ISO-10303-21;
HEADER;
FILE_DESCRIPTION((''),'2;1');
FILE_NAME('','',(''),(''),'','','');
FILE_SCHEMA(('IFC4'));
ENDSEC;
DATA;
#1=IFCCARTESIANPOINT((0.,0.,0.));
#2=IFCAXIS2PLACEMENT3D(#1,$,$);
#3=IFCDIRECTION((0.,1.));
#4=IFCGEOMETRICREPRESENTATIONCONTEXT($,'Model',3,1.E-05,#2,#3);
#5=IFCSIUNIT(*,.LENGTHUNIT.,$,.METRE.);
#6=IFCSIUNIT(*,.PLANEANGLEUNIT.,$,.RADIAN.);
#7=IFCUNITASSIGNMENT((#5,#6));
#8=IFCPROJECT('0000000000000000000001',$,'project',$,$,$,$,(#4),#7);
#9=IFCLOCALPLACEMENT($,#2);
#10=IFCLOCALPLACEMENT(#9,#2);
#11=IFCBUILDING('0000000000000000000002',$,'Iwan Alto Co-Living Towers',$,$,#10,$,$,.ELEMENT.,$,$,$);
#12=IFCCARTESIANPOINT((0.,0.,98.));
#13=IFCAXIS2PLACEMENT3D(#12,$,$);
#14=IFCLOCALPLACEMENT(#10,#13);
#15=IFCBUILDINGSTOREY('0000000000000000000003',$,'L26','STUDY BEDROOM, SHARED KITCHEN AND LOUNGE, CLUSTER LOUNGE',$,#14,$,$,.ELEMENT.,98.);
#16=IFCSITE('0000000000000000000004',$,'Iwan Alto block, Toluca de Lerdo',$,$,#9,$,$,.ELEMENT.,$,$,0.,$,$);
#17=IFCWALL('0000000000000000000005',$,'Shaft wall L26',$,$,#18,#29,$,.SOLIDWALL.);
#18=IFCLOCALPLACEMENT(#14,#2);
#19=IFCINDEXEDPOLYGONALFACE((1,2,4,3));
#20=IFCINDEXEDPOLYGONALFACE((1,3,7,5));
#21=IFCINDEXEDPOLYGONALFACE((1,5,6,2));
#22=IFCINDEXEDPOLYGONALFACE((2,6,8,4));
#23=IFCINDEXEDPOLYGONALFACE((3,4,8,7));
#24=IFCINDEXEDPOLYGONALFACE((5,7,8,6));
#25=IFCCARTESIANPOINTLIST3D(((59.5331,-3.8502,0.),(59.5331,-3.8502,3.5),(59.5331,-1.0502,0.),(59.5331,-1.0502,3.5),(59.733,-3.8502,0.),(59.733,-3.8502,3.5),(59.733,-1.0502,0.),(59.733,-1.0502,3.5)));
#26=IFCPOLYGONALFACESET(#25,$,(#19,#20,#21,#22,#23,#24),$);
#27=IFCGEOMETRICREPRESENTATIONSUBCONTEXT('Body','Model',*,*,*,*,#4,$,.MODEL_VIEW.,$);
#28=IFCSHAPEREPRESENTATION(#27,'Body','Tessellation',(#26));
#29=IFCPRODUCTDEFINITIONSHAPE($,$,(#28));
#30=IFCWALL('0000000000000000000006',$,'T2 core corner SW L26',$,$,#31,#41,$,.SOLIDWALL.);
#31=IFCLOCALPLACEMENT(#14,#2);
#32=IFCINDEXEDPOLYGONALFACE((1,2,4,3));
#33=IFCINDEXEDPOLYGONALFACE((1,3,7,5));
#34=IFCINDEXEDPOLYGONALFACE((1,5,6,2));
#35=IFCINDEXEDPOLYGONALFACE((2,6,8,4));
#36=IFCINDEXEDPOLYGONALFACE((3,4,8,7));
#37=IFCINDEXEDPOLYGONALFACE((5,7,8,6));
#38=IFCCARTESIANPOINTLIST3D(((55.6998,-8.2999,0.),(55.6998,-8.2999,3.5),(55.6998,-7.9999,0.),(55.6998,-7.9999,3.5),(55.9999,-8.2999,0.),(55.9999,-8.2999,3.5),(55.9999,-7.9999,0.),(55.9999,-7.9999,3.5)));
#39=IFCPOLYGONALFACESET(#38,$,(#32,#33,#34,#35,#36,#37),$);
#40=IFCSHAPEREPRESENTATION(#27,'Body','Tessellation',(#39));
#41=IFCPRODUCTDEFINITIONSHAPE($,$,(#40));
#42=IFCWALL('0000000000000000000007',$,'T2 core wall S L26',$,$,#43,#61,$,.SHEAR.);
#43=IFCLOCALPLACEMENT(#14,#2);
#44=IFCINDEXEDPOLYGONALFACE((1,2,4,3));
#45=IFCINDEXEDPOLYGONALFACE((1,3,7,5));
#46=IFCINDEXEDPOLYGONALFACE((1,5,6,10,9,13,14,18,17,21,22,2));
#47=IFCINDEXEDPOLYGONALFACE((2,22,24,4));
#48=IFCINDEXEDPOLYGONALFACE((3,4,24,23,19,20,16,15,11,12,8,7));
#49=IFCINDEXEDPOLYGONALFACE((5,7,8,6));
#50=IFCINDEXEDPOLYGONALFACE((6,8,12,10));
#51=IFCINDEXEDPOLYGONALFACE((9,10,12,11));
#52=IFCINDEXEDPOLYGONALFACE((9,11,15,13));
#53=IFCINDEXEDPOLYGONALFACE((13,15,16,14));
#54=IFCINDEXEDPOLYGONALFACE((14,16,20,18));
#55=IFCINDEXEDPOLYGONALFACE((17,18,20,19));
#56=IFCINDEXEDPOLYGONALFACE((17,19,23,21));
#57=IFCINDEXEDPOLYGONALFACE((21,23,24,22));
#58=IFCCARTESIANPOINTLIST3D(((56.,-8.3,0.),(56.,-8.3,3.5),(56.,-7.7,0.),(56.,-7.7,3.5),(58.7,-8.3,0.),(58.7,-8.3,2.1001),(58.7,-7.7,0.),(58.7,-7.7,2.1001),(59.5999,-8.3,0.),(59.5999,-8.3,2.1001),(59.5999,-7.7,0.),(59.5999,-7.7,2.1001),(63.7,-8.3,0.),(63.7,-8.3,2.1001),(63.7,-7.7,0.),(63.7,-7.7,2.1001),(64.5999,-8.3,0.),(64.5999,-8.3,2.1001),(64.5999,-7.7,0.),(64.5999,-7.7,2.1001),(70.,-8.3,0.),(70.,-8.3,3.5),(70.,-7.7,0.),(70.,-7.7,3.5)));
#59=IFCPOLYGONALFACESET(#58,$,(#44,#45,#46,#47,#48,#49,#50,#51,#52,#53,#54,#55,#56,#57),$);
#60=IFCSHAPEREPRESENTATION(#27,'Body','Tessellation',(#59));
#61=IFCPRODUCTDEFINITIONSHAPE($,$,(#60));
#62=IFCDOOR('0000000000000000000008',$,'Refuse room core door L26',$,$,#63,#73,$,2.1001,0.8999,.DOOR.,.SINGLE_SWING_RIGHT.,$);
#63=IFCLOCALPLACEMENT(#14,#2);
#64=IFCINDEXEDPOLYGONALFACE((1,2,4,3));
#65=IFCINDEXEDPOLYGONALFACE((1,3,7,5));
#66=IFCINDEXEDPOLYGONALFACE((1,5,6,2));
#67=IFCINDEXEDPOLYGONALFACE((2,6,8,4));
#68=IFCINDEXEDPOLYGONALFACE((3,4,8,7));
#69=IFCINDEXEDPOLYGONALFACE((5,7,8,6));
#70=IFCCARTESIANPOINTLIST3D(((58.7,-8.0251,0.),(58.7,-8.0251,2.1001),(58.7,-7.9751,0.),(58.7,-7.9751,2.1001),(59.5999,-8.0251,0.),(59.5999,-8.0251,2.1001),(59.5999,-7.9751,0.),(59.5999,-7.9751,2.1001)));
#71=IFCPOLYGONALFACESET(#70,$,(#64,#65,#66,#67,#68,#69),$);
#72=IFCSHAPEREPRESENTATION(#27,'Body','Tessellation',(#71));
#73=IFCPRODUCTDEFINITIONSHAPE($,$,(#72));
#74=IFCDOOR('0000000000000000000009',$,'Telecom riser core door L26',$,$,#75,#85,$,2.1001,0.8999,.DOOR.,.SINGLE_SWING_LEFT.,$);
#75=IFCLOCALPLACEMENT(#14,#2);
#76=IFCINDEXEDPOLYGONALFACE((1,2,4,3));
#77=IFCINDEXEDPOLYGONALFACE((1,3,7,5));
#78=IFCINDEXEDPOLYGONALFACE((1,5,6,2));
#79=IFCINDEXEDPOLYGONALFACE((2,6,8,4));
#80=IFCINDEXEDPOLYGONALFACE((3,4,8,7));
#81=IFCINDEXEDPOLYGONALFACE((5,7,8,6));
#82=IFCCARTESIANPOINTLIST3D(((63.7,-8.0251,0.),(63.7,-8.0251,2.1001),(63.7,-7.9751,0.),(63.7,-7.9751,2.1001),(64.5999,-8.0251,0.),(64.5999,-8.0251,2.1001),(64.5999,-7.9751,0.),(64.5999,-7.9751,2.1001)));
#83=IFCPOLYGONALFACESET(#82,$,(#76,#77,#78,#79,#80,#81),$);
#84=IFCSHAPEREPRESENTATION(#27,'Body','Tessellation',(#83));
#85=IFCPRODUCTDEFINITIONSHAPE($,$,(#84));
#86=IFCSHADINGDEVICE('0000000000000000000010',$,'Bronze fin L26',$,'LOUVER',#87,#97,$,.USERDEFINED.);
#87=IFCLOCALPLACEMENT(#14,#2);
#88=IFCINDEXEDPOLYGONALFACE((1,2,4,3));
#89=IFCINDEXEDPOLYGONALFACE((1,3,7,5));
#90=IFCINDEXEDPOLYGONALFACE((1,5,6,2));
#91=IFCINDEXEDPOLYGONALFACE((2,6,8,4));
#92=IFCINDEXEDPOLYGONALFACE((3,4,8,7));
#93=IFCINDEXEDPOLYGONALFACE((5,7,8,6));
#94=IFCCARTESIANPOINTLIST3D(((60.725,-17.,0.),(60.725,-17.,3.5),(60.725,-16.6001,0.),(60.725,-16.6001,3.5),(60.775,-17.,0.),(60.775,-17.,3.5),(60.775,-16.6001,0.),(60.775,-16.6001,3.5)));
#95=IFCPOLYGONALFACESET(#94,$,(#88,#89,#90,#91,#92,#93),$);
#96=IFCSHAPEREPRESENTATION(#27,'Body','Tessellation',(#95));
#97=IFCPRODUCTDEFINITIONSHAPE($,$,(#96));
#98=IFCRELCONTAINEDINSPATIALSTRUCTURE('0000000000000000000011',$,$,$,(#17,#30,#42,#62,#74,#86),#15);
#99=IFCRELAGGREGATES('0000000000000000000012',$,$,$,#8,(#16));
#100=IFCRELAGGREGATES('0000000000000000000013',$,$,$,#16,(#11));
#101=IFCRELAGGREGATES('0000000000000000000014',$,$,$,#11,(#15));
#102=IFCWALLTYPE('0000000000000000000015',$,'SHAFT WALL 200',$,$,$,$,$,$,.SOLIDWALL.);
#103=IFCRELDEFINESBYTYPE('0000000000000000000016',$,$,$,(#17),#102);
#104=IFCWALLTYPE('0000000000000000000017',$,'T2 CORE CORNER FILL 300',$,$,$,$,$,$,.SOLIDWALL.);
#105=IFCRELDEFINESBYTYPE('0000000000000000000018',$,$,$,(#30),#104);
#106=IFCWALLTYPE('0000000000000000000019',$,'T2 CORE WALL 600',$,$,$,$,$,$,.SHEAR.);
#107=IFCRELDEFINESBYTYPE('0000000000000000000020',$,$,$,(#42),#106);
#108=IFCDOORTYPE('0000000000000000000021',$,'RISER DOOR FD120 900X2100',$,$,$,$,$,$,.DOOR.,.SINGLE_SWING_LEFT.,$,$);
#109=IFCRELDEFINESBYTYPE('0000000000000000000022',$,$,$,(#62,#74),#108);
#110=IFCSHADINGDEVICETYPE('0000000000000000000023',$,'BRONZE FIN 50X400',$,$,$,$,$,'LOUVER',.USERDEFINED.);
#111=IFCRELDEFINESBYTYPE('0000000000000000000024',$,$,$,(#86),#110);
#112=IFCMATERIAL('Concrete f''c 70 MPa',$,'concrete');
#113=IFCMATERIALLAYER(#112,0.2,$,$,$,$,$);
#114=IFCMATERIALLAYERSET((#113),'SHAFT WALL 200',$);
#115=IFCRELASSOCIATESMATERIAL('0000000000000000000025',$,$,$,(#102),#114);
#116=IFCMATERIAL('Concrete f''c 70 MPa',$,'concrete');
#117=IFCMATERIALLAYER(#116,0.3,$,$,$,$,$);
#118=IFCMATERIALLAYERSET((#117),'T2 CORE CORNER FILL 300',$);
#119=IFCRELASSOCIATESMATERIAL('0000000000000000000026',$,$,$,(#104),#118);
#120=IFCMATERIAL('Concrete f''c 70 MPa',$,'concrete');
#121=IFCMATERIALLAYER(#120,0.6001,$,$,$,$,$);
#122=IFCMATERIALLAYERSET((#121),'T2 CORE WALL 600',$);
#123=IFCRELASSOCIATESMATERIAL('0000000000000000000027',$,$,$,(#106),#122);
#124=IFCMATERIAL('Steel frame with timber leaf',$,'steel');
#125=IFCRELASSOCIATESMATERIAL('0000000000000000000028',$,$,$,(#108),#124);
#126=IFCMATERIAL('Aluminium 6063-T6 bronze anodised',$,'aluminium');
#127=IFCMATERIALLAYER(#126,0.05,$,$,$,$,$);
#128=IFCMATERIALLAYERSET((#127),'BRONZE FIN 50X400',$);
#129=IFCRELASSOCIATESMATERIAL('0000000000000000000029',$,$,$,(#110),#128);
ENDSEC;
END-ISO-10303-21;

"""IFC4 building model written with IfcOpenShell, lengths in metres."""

from ifc_helpers import new_model, si_unit, direction, frame, frame_2d, origin, origin_2d, place, context, subcontext, project, spatial, rectangle, extrude, material, layer, layer_set, type_object, element, fill, save


model = new_model("IFC4")

# Units and contexts
model_context = context("Model", 3, precision=1e-05, world=origin(), true_north=direction((0.0, 1.0)))
body_context = subcontext(model_context, "Body", "Model", "MODEL_VIEW")
ifc_project = project(units=[si_unit("LENGTHUNIT", "METRE"), si_unit("PLANEANGLEUNIT", "RADIAN")], contexts=[model_context])

# Site, building, storey
site_placement = place(None, origin())
site = spatial("IfcSite", under=ifc_project, at=site_placement, Name="Iwan Alto block, Toluca de Lerdo", CompositionType="ELEMENT", RefElevation=0.0)
building_placement = place(site_placement, origin())
building = spatial("IfcBuilding", under=site, at=building_placement, Name="Iwan Alto Co-Living Towers", CompositionType="ELEMENT")
storey_placement = place(building_placement, frame((0.0, 0.0, 98.0)))
storey = spatial("IfcBuildingStorey", under=building, at=storey_placement, Name="L26", Description="STUDY BEDROOM, SHARED KITCHEN AND LOUNGE, CLUSTER LOUNGE", CompositionType="ELEMENT", Elevation=98.0)

# Walls
ifc_material_1 = material(Name="Concrete f'c 70 MPa", Category="concrete")
ifc_layer_1 = layer(ifc_material_1, 0.2)
ifc_layer_set_1 = layer_set([ifc_layer_1], Name="SHAFT WALL 200")
wall_type_1 = type_object("IfcWallType", Name="SHAFT WALL 200", PredefinedType="SOLIDWALL", material=ifc_layer_set_1)
wall_1_placement = place(storey_placement, frame((59.6331, -3.8501, 0.0), z_axis=(0.0, 0.0, 1.0), x_axis=(0.0, 1.0, 0.0)))
element("IfcWall", 1, at=wall_1_placement, inside=storey, type_object=wall_type_1, Name="Shaft wall L26", PredefinedType="SOLIDWALL", context=body_context, shape_type="SweptSolid", body=[
    extrude(rectangle(XDim=2.8, YDim=0.2, at=frame_2d((1.3999, 0.0))), origin(), (0.0, 0.0, 1.0), 3.5),
])
ifc_material_2 = material(Name="Concrete f'c 70 MPa", Category="concrete")
ifc_layer_2 = layer(ifc_material_2, 0.3)
ifc_layer_set_2 = layer_set([ifc_layer_2], Name="T2 CORE CORNER FILL 300")
wall_type_2 = type_object("IfcWallType", Name="T2 CORE CORNER FILL 300", PredefinedType="SOLIDWALL", material=ifc_layer_set_2)
wall_2_placement = place(storey_placement, frame((55.7, -8.1499, 0.0), z_axis=(0.0, 0.0, 1.0), x_axis=(1.0, 0.0, 0.0)))
element("IfcWall", 2, at=wall_2_placement, inside=storey, type_object=wall_type_2, Name="T2 core corner SW L26", PredefinedType="SOLIDWALL", context=body_context, shape_type="SweptSolid", body=[
    extrude(rectangle(XDim=0.3, YDim=0.3, at=frame_2d((0.1499, 0.0))), origin(), (0.0, 0.0, 1.0), 3.5),
])

# Wall, openings, doors
ifc_material_3 = material(Name="Concrete f'c 70 MPa", Category="concrete")
ifc_layer_3 = layer(ifc_material_3, 0.6001)
ifc_layer_set_3 = layer_set([ifc_layer_3], Name="T2 CORE WALL 600")
wall_type_3 = type_object("IfcWallType", Name="T2 CORE WALL 600", PredefinedType="SHEAR", material=ifc_layer_set_3)
wall_3_placement = place(storey_placement, frame((56.0, -8.0, 0.0), z_axis=(0.0, 0.0, 1.0), x_axis=(1.0, 0.0, 0.0)))
wall_3 = element("IfcWall", 3, at=wall_3_placement, inside=storey, type_object=wall_type_3, Name="T2 core wall S L26", PredefinedType="SHEAR", context=body_context, shape_type="SweptSolid", body=[
    extrude(rectangle(XDim=14.0, YDim=0.6001, at=frame_2d((7.0, 0.0))), origin(), (0.0, 0.0, 1.0), 3.5),
])
opening_1_placement = place(wall_3_placement, frame((2.7, 0.0, 0.0)))
opening_1 = element("IfcOpeningElement", 4, at=opening_1_placement, cuts=wall_3, PredefinedType="OPENING", context=body_context, shape_type="SweptSolid", body=[
    extrude(rectangle(XDim=0.8999, YDim=2.1001, at=frame_2d((0.45, 1.05))), frame((0.0, 0.3101, 0.0), z_axis=(0.0, -1.0, 0.0), x_axis=(1.0, 0.0, 0.0)), (0.0, 0.0, 1.0), 0.6201),
])
opening_2_placement = place(wall_3_placement, frame((7.7, 0.0, 0.0)))
opening_2 = element("IfcOpeningElement", 5, at=opening_2_placement, cuts=wall_3, PredefinedType="OPENING", context=body_context, shape_type="SweptSolid", body=[
    extrude(rectangle(XDim=0.8999, YDim=2.1001, at=frame_2d((0.45, 1.05))), frame((0.0, 0.3101, 0.0), z_axis=(0.0, -1.0, 0.0), x_axis=(1.0, 0.0, 0.0)), (0.0, 0.0, 1.0), 0.6201),
])
ifc_material_4 = material(Name="Steel frame with timber leaf", Category="steel")
door_type_1 = type_object("IfcDoorType", Name="RISER DOOR FD120 900X2100", OperationType="SINGLE_SWING_LEFT", PredefinedType="DOOR", material=ifc_material_4)
door_1_placement = place(opening_1_placement, origin())
door_1 = element("IfcDoor", 6, at=door_1_placement, inside=storey, type_object=door_type_1, Name="Refuse room core door L26", OperationType="SINGLE_SWING_RIGHT", OverallHeight=2.1001, OverallWidth=0.8999, PredefinedType="DOOR", context=body_context, shape_type="SweptSolid", body=[
    extrude(rectangle(XDim=0.8999, YDim=2.1001, at=frame_2d((0.45, 1.05))), frame((0.0, 0.0249, 0.0), z_axis=(0.0, -1.0, 0.0), x_axis=(1.0, 0.0, 0.0)), (0.0, 0.0, 1.0), 0.05),
])
fill(opening_1, door_1)
door_2_placement = place(opening_2_placement, origin())
door_2 = element("IfcDoor", 7, at=door_2_placement, inside=storey, type_object=door_type_1, Name="Telecom riser core door L26", OperationType="SINGLE_SWING_LEFT", OverallHeight=2.1001, OverallWidth=0.8999, PredefinedType="DOOR", context=body_context, shape_type="SweptSolid", body=[
    extrude(rectangle(XDim=0.8999, YDim=2.1001, at=frame_2d((0.45, 1.05))), frame((0.0, 0.0249, 0.0), z_axis=(0.0, -1.0, 0.0), x_axis=(1.0, 0.0, 0.0)), (0.0, 0.0, 1.0), 0.05),
])
fill(opening_2, door_2)

# Shading device
ifc_material_5 = material(Name="Aluminium 6063-T6 bronze anodised", Category="aluminium")
ifc_layer_4 = layer(ifc_material_5, 0.05)
ifc_layer_set_4 = layer_set([ifc_layer_4], Name="BRONZE FIN 50X400")
shading_device_type = type_object("IfcShadingDeviceType", Name="BRONZE FIN 50X400", ElementType="LOUVER", PredefinedType="USERDEFINED", material=ifc_layer_set_4)
shading_device_placement = place(storey_placement, frame((60.75, -16.8, 0.0), z_axis=(0.0, 0.0, 1.0), x_axis=(1.0, 0.0, 0.0)))
element("IfcShadingDevice", 8, at=shading_device_placement, inside=storey, type_object=shading_device_type, Name="Bronze fin L26", ObjectType="LOUVER", PredefinedType="USERDEFINED", context=body_context, shape_type="SweptSolid", body=[
    extrude(rectangle(XDim=0.05, YDim=0.3999, at=origin_2d()), origin(), (0.0, 0.0, 1.0), 3.5),
])

save(model, "model.ifc")
